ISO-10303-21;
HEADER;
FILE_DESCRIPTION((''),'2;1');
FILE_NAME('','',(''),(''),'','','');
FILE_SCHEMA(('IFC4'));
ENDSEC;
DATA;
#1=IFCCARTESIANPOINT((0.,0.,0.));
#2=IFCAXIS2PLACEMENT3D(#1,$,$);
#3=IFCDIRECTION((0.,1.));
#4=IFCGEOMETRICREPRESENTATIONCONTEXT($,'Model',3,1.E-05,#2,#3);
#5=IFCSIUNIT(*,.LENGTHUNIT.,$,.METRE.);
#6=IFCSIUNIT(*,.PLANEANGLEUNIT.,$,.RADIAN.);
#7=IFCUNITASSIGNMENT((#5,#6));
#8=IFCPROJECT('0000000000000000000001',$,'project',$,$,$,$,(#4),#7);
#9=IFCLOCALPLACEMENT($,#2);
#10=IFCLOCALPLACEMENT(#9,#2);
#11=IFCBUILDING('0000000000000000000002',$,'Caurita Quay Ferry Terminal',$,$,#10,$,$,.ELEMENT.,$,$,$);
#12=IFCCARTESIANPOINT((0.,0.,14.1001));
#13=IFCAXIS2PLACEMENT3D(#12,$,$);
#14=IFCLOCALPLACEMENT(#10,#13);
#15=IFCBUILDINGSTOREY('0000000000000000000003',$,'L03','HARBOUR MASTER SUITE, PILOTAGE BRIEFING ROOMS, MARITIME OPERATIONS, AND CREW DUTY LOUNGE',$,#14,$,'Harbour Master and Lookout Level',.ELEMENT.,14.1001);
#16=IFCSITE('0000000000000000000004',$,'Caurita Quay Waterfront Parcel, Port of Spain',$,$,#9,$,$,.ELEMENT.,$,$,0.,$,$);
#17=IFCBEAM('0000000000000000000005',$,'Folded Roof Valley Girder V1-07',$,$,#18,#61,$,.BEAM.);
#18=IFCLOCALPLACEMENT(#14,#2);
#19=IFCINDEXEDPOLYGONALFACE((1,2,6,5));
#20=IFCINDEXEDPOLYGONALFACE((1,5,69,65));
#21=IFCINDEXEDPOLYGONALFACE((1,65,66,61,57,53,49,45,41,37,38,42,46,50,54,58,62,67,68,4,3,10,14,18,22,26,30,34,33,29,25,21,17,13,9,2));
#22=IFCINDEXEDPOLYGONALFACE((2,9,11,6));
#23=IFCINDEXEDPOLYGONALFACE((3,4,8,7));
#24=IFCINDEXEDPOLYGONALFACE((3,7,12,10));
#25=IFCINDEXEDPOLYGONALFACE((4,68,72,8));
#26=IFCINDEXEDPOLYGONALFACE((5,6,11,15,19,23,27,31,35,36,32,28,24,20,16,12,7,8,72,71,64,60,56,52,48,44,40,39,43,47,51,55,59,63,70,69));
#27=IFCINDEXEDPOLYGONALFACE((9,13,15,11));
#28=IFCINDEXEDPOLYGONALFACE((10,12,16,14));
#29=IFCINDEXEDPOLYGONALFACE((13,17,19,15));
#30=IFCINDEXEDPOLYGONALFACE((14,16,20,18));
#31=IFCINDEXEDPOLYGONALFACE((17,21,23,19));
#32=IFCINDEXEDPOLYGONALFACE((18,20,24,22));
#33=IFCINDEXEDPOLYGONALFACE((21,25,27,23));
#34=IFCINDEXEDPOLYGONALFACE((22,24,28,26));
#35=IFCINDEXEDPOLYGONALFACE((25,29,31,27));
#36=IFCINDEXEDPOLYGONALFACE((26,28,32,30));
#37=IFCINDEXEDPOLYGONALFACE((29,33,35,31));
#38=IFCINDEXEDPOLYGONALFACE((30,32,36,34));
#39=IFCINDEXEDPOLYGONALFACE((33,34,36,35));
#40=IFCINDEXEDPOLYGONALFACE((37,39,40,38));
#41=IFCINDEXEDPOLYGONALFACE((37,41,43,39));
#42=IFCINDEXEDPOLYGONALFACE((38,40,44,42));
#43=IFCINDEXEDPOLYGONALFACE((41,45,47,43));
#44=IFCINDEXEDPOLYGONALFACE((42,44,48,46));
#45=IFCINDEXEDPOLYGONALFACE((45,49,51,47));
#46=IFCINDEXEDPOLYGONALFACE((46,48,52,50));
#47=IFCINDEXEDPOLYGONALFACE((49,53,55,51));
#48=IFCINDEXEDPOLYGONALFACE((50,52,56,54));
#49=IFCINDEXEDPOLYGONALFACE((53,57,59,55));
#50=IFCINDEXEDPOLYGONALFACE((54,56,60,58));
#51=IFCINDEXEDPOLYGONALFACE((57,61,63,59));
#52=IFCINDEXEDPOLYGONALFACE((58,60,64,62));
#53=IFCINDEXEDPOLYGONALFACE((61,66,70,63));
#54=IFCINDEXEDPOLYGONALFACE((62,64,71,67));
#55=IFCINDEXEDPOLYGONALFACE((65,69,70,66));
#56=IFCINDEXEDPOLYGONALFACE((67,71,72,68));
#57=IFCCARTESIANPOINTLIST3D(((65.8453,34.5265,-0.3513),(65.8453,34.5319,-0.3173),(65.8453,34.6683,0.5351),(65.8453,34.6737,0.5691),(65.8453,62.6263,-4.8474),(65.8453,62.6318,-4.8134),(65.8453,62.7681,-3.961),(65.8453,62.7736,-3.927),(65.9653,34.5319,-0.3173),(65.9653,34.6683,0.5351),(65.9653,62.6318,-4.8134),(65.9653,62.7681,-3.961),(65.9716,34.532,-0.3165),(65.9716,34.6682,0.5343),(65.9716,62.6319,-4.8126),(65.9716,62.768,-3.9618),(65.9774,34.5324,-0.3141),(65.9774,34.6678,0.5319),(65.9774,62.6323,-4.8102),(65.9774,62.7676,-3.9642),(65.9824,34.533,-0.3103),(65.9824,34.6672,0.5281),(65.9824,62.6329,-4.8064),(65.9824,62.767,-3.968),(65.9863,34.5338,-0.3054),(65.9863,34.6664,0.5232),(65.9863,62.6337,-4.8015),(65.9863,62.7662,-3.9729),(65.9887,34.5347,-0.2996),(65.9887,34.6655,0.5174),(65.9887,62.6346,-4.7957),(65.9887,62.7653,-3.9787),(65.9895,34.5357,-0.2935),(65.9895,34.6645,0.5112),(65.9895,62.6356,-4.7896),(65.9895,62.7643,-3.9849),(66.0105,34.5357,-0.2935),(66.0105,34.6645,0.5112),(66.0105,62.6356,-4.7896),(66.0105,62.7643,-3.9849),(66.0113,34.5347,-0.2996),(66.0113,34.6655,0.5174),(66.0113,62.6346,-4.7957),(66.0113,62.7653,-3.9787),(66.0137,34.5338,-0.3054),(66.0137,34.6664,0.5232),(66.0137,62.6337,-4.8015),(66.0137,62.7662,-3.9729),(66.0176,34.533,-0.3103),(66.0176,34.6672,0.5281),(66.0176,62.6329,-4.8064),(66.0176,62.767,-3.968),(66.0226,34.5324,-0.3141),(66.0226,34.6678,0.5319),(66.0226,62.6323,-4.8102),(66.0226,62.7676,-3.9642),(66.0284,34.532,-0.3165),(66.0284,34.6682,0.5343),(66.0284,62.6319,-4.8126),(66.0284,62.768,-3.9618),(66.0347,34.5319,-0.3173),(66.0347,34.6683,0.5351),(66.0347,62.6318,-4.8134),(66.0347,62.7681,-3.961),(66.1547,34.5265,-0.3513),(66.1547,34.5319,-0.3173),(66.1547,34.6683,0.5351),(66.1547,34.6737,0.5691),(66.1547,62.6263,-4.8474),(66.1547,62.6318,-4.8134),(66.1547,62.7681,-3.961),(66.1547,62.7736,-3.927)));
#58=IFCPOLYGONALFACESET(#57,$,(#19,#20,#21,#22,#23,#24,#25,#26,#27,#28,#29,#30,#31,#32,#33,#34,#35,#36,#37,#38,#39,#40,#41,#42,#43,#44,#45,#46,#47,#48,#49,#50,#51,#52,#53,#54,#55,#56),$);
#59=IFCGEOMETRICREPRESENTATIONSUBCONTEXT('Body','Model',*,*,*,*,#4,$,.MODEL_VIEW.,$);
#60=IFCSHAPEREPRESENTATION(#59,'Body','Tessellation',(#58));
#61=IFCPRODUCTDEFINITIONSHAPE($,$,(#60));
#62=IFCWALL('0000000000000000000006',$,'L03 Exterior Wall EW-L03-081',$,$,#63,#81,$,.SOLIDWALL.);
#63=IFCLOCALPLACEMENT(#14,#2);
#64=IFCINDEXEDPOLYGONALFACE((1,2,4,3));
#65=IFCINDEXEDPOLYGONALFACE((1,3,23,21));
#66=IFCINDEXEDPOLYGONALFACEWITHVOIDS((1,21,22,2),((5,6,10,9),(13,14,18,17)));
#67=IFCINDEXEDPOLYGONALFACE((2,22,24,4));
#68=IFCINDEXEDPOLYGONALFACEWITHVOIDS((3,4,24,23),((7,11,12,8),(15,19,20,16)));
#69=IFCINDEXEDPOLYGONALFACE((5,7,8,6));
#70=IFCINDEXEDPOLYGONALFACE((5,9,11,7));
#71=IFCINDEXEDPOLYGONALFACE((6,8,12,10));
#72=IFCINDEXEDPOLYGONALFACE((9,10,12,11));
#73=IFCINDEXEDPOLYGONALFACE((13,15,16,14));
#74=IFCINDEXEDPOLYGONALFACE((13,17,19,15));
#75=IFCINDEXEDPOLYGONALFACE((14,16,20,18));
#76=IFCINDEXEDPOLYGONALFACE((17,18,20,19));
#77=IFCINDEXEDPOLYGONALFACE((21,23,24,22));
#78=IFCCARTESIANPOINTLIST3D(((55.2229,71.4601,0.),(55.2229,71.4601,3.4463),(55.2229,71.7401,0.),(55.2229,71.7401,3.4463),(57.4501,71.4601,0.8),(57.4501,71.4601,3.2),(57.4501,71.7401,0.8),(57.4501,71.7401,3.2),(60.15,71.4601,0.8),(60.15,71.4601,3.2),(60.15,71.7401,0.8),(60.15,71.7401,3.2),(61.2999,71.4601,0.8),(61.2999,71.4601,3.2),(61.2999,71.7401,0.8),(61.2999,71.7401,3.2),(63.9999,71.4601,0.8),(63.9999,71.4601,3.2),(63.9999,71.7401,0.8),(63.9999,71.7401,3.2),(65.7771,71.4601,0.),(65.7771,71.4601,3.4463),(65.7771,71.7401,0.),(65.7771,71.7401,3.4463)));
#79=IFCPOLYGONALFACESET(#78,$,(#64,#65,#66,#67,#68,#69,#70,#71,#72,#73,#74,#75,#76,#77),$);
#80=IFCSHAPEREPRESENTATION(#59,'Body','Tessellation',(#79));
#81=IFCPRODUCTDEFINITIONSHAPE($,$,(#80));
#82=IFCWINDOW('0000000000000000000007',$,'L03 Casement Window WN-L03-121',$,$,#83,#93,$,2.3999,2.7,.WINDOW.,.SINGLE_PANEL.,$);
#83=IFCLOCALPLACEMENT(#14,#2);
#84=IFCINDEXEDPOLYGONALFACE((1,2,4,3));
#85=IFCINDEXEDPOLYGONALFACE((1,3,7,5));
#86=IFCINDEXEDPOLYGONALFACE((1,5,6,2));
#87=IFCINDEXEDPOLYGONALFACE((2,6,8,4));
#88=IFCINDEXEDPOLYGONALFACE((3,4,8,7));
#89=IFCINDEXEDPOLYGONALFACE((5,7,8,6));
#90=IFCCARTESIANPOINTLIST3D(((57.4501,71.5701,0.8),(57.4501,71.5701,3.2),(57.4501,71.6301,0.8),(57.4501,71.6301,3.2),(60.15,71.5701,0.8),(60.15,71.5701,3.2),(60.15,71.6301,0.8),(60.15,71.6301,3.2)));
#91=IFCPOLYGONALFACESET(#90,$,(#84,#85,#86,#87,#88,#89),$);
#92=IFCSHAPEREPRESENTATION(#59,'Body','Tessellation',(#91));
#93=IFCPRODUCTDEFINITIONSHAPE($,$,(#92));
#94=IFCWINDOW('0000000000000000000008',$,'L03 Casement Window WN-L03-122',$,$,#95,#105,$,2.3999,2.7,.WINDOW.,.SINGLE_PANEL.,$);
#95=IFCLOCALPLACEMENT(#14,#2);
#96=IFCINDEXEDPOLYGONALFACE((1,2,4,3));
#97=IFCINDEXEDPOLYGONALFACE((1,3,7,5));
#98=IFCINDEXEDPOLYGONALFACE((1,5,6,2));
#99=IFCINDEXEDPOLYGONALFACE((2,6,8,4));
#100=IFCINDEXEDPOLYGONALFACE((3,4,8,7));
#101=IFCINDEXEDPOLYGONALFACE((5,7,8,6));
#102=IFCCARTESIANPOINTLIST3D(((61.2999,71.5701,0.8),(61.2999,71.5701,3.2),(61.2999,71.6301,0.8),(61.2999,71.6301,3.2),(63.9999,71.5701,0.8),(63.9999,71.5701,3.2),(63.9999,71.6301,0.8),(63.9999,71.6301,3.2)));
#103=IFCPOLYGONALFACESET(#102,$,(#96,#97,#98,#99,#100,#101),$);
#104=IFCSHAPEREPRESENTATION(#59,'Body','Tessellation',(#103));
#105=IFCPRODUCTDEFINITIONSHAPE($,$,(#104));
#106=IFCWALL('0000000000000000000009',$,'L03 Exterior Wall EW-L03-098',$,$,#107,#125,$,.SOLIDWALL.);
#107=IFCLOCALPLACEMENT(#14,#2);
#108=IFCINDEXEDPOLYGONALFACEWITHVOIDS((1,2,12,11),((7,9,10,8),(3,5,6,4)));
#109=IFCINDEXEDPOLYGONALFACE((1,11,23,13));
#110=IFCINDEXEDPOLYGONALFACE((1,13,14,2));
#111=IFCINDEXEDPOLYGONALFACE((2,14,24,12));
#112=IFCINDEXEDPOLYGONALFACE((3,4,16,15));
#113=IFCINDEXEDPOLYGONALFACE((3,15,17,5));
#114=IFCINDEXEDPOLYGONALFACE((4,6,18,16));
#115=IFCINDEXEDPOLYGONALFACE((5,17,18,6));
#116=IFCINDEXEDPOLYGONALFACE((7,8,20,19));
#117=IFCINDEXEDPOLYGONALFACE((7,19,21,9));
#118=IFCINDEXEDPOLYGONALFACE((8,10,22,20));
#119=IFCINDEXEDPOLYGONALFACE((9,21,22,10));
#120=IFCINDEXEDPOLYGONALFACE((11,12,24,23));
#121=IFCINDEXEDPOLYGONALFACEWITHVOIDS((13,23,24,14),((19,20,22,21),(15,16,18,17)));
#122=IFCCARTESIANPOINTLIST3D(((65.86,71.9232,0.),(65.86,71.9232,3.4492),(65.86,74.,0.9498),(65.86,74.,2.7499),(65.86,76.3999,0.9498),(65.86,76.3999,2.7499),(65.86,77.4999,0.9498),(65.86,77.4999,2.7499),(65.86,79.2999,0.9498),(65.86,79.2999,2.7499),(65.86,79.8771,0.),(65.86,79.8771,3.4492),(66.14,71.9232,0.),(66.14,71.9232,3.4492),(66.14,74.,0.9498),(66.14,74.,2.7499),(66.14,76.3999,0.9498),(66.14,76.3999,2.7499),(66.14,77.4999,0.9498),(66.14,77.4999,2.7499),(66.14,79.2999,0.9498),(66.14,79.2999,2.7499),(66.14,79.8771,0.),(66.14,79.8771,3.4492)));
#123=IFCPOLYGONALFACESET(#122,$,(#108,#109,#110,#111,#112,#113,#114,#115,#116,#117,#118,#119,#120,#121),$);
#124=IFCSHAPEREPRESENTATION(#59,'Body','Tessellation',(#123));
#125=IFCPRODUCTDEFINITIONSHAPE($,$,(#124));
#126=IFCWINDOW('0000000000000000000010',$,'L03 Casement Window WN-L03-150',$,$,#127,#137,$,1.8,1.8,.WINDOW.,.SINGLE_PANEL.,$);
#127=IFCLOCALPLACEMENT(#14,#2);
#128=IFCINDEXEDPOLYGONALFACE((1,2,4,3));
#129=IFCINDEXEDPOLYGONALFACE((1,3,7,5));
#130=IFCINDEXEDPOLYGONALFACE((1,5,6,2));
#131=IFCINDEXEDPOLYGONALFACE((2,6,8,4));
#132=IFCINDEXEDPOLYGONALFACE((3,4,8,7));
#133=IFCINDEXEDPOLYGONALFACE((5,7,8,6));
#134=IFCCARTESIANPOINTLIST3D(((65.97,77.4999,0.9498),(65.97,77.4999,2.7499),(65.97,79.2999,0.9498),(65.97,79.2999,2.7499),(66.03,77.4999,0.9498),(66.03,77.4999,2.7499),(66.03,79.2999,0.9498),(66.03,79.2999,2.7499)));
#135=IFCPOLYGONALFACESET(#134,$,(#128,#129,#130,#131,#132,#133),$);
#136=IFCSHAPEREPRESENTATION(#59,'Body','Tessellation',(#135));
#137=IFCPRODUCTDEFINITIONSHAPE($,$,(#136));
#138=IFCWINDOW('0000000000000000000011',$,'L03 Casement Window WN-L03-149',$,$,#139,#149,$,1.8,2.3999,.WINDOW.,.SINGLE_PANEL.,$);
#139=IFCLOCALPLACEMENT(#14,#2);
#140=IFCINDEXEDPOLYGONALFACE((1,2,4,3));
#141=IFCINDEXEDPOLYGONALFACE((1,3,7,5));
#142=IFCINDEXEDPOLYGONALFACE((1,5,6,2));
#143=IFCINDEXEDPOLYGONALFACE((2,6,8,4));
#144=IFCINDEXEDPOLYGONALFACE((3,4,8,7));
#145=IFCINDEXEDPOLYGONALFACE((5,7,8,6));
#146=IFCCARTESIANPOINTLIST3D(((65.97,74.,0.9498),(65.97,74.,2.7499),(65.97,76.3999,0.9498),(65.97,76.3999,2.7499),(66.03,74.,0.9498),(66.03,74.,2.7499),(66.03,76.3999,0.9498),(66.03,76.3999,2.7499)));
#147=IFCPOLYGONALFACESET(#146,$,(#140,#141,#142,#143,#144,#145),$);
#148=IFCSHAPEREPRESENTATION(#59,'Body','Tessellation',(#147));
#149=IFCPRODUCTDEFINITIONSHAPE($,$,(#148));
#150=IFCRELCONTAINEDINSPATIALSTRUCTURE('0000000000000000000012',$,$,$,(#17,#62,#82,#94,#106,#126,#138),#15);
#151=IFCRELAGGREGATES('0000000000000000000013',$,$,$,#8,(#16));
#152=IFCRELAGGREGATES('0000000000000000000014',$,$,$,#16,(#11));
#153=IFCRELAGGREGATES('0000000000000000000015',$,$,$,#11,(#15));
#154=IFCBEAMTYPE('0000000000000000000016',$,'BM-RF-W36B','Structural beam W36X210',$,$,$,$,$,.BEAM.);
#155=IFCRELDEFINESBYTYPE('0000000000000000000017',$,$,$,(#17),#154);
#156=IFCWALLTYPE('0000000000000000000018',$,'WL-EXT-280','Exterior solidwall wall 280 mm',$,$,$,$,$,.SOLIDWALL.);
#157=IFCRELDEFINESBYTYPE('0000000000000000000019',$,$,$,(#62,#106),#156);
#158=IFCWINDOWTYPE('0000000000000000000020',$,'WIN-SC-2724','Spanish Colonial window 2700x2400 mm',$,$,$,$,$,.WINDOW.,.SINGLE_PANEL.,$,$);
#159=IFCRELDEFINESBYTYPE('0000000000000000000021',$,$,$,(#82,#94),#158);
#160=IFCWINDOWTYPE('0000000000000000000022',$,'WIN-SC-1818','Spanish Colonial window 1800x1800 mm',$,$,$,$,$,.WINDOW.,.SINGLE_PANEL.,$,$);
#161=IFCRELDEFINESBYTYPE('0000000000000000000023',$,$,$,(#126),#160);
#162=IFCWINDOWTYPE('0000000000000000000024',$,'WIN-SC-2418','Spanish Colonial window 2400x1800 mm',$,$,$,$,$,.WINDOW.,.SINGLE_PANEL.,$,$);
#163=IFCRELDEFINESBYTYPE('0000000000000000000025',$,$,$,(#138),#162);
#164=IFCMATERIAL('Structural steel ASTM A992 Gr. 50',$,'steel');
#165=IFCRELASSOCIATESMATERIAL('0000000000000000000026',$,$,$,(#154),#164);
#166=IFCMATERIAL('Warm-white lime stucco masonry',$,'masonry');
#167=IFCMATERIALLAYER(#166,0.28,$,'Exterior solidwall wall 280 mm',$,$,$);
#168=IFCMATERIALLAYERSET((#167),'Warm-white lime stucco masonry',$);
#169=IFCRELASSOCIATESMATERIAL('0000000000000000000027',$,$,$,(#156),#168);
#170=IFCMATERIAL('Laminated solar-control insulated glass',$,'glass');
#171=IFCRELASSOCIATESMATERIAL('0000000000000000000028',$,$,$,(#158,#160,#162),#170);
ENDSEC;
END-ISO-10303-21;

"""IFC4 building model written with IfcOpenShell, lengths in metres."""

from ifc_helpers import new_model, si_unit, direction, frame, frame_2d, origin, origin_2d, place, context, subcontext, project, spatial, rectangle, i_section, extrude, material, layer, layer_set, material_profile, profile_set, type_object, element, fill, save


model = new_model("IFC4")

# Units and contexts
model_context = context("Model", 3, precision=1e-05, world=origin(), true_north=direction((0.0, 1.0)))
body_context = subcontext(model_context, "Body", "Model", "MODEL_VIEW")
ifc_project = project(units=[si_unit("LENGTHUNIT", "METRE"), si_unit("PLANEANGLEUNIT", "RADIAN")], contexts=[model_context])

# Site, building, storey
site_placement = place(None, origin())
site = spatial("IfcSite", under=ifc_project, at=site_placement, Name="Caurita Quay Waterfront Parcel, Port of Spain", CompositionType="ELEMENT", RefElevation=0.0)
building_placement = place(site_placement, origin())
building = spatial("IfcBuilding", under=site, at=building_placement, Name="Caurita Quay Ferry Terminal", CompositionType="ELEMENT")
storey_placement = place(building_placement, frame((0.0, 0.0, 14.1001)))
storey = spatial("IfcBuildingStorey", under=building, at=storey_placement, Name="L03", Description="HARBOUR MASTER SUITE, PILOTAGE BRIEFING ROOMS, MARITIME OPERATIONS, AND CREW DUTY LOUNGE", LongName="Harbour Master and Lookout Level", CompositionType="ELEMENT", Elevation=14.1001)

# Beam
ifc_material_1 = material(Name="Structural steel ASTM A992 Gr. 50", Category="steel")
ifc_material_profile_1 = material_profile(ifc_material_1, i_section(OverallWidth=0.3093, OverallDepth=0.9321, WebThickness=0.021, FlangeThickness=0.0344, FilletRadius=0.0242, at=origin_2d()), Name="W36X210")
ifc_profile_set_1 = profile_set([ifc_material_profile_1], Name="Structural steel ASTM A992 Gr. 50")
beam_type_1 = type_object("IfcBeamType", Name="BM-RF-W36B", Description="Structural beam W36X210", PredefinedType="BEAM", material=ifc_profile_set_1)
beam_1_placement = place(storey_placement, frame((66.0, 62.7, -4.3872), z_axis=(0.0, -0.98744, 0.157995), x_axis=(1.0, 0.0, 0.0)))
element("IfcBeam", 1, at=beam_1_placement, inside=storey, type_object=beam_type_1, Name="Folded Roof Valley Girder V1-07", PredefinedType="BEAM", context=body_context, shape_type="SweptSolid", body=[
    extrude(i_section(OverallWidth=0.3093, OverallDepth=0.9321, WebThickness=0.021, FlangeThickness=0.0344, FilletRadius=0.0242, at=origin_2d()), origin(), (0.0, 0.0, 1.0), 28.4573),
])

# Walls, openings, windows
ifc_material_2 = material(Name="Warm-white lime stucco masonry", Category="masonry")
ifc_layer_1 = layer(ifc_material_2, 0.28, Name="Exterior solidwall wall 280 mm")
ifc_layer_set_1 = layer_set([ifc_layer_1], Name="Warm-white lime stucco masonry")
wall_type_1 = type_object("IfcWallType", Name="WL-EXT-280", Description="Exterior solidwall wall 280 mm", PredefinedType="SOLIDWALL", material=ifc_layer_set_1)
wall_1_placement = place(storey_placement, frame((55.2229, 71.6001, 0.0), z_axis=(0.0, 0.0, 1.0), x_axis=(1.0, 0.0, 0.0)))
wall_1 = element("IfcWall", 2, at=wall_1_placement, inside=storey, type_object=wall_type_1, Name="L03 Exterior Wall EW-L03-081", PredefinedType="SOLIDWALL", context=body_context, shape_type="SweptSolid", body=[
    extrude(rectangle(XDim=10.5542, YDim=0.28, at=frame_2d((5.2771, 0.0))), origin(), (0.0, 0.0, 1.0), 3.4463),
])
opening_1_placement = place(wall_1_placement, frame((2.2271, 0.0, 0.8)))
opening_1 = element("IfcOpeningElement", 3, at=opening_1_placement, cuts=wall_1, PredefinedType="OPENING", context=body_context, shape_type="SweptSolid", body=[
    extrude(rectangle(XDim=2.7, YDim=2.3999, at=frame_2d((1.3501, 1.2))), frame((0.0, 0.1499, 0.0), z_axis=(0.0, -1.0, 0.0), x_axis=(1.0, 0.0, 0.0)), (0.0, 0.0, 1.0), 0.3),
])
opening_2_placement = place(wall_1_placement, frame((6.0769, 0.0, 0.8)))
opening_2 = element("IfcOpeningElement", 4, at=opening_2_placement, cuts=wall_1, PredefinedType="OPENING", context=body_context, shape_type="SweptSolid", body=[
    extrude(rectangle(XDim=2.7, YDim=2.3999, at=frame_2d((1.3501, 1.2))), frame((0.0, 0.1499, 0.0), z_axis=(0.0, -1.0, 0.0), x_axis=(1.0, 0.0, 0.0)), (0.0, 0.0, 1.0), 0.3),
])
ifc_material_3 = material(Name="Laminated solar-control insulated glass", Category="glass")
window_type_1 = type_object("IfcWindowType", Name="WIN-SC-2724", Description="Spanish Colonial window 2700x2400 mm", PartitioningType="SINGLE_PANEL", PredefinedType="WINDOW", material=ifc_material_3)
window_1_placement = place(opening_1_placement, origin())
window_1 = element("IfcWindow", 5, at=window_1_placement, inside=storey, type_object=window_type_1, Name="L03 Casement Window WN-L03-121", OverallHeight=2.3999, OverallWidth=2.7, PartitioningType="SINGLE_PANEL", PredefinedType="WINDOW", context=body_context, shape_type="SweptSolid", body=[
    extrude(rectangle(XDim=2.7, YDim=2.3999, at=frame_2d((1.3501, 1.2))), frame((0.0, 0.03, 0.0), z_axis=(0.0, -1.0, 0.0), x_axis=(1.0, 0.0, 0.0)), (0.0, 0.0, 1.0), 0.0601),
])
fill(opening_1, window_1)
window_2_placement = place(opening_2_placement, origin())
window_2 = element("IfcWindow", 6, at=window_2_placement, inside=storey, type_object=window_type_1, Name="L03 Casement Window WN-L03-122", OverallHeight=2.3999, OverallWidth=2.7, PartitioningType="SINGLE_PANEL", PredefinedType="WINDOW", context=body_context, shape_type="SweptSolid", body=[
    extrude(rectangle(XDim=2.7, YDim=2.3999, at=frame_2d((1.3501, 1.2))), frame((0.0, 0.03, 0.0), z_axis=(0.0, -1.0, 0.0), x_axis=(1.0, 0.0, 0.0)), (0.0, 0.0, 1.0), 0.0601),
])
fill(opening_2, window_2)
wall_2_placement = place(storey_placement, frame((66.0, 71.9231, 0.0), z_axis=(0.0, 0.0, 1.0), x_axis=(0.0, 1.0, 0.0)))
wall_2 = element("IfcWall", 7, at=wall_2_placement, inside=storey, type_object=wall_type_1, Name="L03 Exterior Wall EW-L03-098", PredefinedType="SOLIDWALL", context=body_context, shape_type="SweptSolid", body=[
    extrude(rectangle(XDim=7.9539, YDim=0.28, at=frame_2d((3.9771, 0.0))), origin(), (0.0, 0.0, 1.0), 3.4492),
])
opening_3_placement = place(wall_2_placement, frame((2.0769, 0.0, 0.95)))
opening_3 = element("IfcOpeningElement", 8, at=opening_3_placement, cuts=wall_2, PredefinedType="OPENING", context=body_context, shape_type="SweptSolid", body=[
    extrude(rectangle(XDim=2.3999, YDim=1.8, at=frame_2d((1.2, 0.8999))), frame((0.0, 0.1499, 0.0), z_axis=(0.0, -1.0, 0.0), x_axis=(1.0, 0.0, 0.0)), (0.0, 0.0, 1.0), 0.3),
])
opening_4_placement = place(wall_2_placement, frame((5.5769, 0.0, 0.95)))
opening_4 = element("IfcOpeningElement", 9, at=opening_4_placement, cuts=wall_2, PredefinedType="OPENING", context=body_context, shape_type="SweptSolid", body=[
    extrude(rectangle(XDim=1.8, YDim=1.8, at=frame_2d((0.8999, 0.8999))), frame((0.0, 0.1499, 0.0), z_axis=(0.0, -1.0, 0.0), x_axis=(1.0, 0.0, 0.0)), (0.0, 0.0, 1.0), 0.3),
])
window_type_2 = type_object("IfcWindowType", Name="WIN-SC-1818", Description="Spanish Colonial window 1800x1800 mm", PartitioningType="SINGLE_PANEL", PredefinedType="WINDOW", material=ifc_material_3)
window_3_placement = place(opening_4_placement, origin())
window_3 = element("IfcWindow", 10, at=window_3_placement, inside=storey, type_object=window_type_2, Name="L03 Casement Window WN-L03-150", OverallHeight=1.8, OverallWidth=1.8, PartitioningType="SINGLE_PANEL", PredefinedType="WINDOW", context=body_context, shape_type="SweptSolid", body=[
    extrude(rectangle(XDim=1.8, YDim=1.8, at=frame_2d((0.8999, 0.8999))), frame((0.0, 0.03, 0.0), z_axis=(0.0, -1.0, 0.0), x_axis=(1.0, 0.0, 0.0)), (0.0, 0.0, 1.0), 0.0601),
])
fill(opening_4, window_3)
window_type_3 = type_object("IfcWindowType", Name="WIN-SC-2418", Description="Spanish Colonial window 2400x1800 mm", PartitioningType="SINGLE_PANEL", PredefinedType="WINDOW", material=ifc_material_3)
window_4_placement = place(opening_3_placement, origin())
window_4 = element("IfcWindow", 11, at=window_4_placement, inside=storey, type_object=window_type_3, Name="L03 Casement Window WN-L03-149", OverallHeight=1.8, OverallWidth=2.3999, PartitioningType="SINGLE_PANEL", PredefinedType="WINDOW", context=body_context, shape_type="SweptSolid", body=[
    extrude(rectangle(XDim=2.3999, YDim=1.8, at=frame_2d((1.2, 0.8999))), frame((0.0, 0.03, 0.0), z_axis=(0.0, -1.0, 0.0), x_axis=(1.0, 0.0, 0.0)), (0.0, 0.0, 1.0), 0.0601),
])
fill(opening_3, window_4)

save(model, "model.ifc")
